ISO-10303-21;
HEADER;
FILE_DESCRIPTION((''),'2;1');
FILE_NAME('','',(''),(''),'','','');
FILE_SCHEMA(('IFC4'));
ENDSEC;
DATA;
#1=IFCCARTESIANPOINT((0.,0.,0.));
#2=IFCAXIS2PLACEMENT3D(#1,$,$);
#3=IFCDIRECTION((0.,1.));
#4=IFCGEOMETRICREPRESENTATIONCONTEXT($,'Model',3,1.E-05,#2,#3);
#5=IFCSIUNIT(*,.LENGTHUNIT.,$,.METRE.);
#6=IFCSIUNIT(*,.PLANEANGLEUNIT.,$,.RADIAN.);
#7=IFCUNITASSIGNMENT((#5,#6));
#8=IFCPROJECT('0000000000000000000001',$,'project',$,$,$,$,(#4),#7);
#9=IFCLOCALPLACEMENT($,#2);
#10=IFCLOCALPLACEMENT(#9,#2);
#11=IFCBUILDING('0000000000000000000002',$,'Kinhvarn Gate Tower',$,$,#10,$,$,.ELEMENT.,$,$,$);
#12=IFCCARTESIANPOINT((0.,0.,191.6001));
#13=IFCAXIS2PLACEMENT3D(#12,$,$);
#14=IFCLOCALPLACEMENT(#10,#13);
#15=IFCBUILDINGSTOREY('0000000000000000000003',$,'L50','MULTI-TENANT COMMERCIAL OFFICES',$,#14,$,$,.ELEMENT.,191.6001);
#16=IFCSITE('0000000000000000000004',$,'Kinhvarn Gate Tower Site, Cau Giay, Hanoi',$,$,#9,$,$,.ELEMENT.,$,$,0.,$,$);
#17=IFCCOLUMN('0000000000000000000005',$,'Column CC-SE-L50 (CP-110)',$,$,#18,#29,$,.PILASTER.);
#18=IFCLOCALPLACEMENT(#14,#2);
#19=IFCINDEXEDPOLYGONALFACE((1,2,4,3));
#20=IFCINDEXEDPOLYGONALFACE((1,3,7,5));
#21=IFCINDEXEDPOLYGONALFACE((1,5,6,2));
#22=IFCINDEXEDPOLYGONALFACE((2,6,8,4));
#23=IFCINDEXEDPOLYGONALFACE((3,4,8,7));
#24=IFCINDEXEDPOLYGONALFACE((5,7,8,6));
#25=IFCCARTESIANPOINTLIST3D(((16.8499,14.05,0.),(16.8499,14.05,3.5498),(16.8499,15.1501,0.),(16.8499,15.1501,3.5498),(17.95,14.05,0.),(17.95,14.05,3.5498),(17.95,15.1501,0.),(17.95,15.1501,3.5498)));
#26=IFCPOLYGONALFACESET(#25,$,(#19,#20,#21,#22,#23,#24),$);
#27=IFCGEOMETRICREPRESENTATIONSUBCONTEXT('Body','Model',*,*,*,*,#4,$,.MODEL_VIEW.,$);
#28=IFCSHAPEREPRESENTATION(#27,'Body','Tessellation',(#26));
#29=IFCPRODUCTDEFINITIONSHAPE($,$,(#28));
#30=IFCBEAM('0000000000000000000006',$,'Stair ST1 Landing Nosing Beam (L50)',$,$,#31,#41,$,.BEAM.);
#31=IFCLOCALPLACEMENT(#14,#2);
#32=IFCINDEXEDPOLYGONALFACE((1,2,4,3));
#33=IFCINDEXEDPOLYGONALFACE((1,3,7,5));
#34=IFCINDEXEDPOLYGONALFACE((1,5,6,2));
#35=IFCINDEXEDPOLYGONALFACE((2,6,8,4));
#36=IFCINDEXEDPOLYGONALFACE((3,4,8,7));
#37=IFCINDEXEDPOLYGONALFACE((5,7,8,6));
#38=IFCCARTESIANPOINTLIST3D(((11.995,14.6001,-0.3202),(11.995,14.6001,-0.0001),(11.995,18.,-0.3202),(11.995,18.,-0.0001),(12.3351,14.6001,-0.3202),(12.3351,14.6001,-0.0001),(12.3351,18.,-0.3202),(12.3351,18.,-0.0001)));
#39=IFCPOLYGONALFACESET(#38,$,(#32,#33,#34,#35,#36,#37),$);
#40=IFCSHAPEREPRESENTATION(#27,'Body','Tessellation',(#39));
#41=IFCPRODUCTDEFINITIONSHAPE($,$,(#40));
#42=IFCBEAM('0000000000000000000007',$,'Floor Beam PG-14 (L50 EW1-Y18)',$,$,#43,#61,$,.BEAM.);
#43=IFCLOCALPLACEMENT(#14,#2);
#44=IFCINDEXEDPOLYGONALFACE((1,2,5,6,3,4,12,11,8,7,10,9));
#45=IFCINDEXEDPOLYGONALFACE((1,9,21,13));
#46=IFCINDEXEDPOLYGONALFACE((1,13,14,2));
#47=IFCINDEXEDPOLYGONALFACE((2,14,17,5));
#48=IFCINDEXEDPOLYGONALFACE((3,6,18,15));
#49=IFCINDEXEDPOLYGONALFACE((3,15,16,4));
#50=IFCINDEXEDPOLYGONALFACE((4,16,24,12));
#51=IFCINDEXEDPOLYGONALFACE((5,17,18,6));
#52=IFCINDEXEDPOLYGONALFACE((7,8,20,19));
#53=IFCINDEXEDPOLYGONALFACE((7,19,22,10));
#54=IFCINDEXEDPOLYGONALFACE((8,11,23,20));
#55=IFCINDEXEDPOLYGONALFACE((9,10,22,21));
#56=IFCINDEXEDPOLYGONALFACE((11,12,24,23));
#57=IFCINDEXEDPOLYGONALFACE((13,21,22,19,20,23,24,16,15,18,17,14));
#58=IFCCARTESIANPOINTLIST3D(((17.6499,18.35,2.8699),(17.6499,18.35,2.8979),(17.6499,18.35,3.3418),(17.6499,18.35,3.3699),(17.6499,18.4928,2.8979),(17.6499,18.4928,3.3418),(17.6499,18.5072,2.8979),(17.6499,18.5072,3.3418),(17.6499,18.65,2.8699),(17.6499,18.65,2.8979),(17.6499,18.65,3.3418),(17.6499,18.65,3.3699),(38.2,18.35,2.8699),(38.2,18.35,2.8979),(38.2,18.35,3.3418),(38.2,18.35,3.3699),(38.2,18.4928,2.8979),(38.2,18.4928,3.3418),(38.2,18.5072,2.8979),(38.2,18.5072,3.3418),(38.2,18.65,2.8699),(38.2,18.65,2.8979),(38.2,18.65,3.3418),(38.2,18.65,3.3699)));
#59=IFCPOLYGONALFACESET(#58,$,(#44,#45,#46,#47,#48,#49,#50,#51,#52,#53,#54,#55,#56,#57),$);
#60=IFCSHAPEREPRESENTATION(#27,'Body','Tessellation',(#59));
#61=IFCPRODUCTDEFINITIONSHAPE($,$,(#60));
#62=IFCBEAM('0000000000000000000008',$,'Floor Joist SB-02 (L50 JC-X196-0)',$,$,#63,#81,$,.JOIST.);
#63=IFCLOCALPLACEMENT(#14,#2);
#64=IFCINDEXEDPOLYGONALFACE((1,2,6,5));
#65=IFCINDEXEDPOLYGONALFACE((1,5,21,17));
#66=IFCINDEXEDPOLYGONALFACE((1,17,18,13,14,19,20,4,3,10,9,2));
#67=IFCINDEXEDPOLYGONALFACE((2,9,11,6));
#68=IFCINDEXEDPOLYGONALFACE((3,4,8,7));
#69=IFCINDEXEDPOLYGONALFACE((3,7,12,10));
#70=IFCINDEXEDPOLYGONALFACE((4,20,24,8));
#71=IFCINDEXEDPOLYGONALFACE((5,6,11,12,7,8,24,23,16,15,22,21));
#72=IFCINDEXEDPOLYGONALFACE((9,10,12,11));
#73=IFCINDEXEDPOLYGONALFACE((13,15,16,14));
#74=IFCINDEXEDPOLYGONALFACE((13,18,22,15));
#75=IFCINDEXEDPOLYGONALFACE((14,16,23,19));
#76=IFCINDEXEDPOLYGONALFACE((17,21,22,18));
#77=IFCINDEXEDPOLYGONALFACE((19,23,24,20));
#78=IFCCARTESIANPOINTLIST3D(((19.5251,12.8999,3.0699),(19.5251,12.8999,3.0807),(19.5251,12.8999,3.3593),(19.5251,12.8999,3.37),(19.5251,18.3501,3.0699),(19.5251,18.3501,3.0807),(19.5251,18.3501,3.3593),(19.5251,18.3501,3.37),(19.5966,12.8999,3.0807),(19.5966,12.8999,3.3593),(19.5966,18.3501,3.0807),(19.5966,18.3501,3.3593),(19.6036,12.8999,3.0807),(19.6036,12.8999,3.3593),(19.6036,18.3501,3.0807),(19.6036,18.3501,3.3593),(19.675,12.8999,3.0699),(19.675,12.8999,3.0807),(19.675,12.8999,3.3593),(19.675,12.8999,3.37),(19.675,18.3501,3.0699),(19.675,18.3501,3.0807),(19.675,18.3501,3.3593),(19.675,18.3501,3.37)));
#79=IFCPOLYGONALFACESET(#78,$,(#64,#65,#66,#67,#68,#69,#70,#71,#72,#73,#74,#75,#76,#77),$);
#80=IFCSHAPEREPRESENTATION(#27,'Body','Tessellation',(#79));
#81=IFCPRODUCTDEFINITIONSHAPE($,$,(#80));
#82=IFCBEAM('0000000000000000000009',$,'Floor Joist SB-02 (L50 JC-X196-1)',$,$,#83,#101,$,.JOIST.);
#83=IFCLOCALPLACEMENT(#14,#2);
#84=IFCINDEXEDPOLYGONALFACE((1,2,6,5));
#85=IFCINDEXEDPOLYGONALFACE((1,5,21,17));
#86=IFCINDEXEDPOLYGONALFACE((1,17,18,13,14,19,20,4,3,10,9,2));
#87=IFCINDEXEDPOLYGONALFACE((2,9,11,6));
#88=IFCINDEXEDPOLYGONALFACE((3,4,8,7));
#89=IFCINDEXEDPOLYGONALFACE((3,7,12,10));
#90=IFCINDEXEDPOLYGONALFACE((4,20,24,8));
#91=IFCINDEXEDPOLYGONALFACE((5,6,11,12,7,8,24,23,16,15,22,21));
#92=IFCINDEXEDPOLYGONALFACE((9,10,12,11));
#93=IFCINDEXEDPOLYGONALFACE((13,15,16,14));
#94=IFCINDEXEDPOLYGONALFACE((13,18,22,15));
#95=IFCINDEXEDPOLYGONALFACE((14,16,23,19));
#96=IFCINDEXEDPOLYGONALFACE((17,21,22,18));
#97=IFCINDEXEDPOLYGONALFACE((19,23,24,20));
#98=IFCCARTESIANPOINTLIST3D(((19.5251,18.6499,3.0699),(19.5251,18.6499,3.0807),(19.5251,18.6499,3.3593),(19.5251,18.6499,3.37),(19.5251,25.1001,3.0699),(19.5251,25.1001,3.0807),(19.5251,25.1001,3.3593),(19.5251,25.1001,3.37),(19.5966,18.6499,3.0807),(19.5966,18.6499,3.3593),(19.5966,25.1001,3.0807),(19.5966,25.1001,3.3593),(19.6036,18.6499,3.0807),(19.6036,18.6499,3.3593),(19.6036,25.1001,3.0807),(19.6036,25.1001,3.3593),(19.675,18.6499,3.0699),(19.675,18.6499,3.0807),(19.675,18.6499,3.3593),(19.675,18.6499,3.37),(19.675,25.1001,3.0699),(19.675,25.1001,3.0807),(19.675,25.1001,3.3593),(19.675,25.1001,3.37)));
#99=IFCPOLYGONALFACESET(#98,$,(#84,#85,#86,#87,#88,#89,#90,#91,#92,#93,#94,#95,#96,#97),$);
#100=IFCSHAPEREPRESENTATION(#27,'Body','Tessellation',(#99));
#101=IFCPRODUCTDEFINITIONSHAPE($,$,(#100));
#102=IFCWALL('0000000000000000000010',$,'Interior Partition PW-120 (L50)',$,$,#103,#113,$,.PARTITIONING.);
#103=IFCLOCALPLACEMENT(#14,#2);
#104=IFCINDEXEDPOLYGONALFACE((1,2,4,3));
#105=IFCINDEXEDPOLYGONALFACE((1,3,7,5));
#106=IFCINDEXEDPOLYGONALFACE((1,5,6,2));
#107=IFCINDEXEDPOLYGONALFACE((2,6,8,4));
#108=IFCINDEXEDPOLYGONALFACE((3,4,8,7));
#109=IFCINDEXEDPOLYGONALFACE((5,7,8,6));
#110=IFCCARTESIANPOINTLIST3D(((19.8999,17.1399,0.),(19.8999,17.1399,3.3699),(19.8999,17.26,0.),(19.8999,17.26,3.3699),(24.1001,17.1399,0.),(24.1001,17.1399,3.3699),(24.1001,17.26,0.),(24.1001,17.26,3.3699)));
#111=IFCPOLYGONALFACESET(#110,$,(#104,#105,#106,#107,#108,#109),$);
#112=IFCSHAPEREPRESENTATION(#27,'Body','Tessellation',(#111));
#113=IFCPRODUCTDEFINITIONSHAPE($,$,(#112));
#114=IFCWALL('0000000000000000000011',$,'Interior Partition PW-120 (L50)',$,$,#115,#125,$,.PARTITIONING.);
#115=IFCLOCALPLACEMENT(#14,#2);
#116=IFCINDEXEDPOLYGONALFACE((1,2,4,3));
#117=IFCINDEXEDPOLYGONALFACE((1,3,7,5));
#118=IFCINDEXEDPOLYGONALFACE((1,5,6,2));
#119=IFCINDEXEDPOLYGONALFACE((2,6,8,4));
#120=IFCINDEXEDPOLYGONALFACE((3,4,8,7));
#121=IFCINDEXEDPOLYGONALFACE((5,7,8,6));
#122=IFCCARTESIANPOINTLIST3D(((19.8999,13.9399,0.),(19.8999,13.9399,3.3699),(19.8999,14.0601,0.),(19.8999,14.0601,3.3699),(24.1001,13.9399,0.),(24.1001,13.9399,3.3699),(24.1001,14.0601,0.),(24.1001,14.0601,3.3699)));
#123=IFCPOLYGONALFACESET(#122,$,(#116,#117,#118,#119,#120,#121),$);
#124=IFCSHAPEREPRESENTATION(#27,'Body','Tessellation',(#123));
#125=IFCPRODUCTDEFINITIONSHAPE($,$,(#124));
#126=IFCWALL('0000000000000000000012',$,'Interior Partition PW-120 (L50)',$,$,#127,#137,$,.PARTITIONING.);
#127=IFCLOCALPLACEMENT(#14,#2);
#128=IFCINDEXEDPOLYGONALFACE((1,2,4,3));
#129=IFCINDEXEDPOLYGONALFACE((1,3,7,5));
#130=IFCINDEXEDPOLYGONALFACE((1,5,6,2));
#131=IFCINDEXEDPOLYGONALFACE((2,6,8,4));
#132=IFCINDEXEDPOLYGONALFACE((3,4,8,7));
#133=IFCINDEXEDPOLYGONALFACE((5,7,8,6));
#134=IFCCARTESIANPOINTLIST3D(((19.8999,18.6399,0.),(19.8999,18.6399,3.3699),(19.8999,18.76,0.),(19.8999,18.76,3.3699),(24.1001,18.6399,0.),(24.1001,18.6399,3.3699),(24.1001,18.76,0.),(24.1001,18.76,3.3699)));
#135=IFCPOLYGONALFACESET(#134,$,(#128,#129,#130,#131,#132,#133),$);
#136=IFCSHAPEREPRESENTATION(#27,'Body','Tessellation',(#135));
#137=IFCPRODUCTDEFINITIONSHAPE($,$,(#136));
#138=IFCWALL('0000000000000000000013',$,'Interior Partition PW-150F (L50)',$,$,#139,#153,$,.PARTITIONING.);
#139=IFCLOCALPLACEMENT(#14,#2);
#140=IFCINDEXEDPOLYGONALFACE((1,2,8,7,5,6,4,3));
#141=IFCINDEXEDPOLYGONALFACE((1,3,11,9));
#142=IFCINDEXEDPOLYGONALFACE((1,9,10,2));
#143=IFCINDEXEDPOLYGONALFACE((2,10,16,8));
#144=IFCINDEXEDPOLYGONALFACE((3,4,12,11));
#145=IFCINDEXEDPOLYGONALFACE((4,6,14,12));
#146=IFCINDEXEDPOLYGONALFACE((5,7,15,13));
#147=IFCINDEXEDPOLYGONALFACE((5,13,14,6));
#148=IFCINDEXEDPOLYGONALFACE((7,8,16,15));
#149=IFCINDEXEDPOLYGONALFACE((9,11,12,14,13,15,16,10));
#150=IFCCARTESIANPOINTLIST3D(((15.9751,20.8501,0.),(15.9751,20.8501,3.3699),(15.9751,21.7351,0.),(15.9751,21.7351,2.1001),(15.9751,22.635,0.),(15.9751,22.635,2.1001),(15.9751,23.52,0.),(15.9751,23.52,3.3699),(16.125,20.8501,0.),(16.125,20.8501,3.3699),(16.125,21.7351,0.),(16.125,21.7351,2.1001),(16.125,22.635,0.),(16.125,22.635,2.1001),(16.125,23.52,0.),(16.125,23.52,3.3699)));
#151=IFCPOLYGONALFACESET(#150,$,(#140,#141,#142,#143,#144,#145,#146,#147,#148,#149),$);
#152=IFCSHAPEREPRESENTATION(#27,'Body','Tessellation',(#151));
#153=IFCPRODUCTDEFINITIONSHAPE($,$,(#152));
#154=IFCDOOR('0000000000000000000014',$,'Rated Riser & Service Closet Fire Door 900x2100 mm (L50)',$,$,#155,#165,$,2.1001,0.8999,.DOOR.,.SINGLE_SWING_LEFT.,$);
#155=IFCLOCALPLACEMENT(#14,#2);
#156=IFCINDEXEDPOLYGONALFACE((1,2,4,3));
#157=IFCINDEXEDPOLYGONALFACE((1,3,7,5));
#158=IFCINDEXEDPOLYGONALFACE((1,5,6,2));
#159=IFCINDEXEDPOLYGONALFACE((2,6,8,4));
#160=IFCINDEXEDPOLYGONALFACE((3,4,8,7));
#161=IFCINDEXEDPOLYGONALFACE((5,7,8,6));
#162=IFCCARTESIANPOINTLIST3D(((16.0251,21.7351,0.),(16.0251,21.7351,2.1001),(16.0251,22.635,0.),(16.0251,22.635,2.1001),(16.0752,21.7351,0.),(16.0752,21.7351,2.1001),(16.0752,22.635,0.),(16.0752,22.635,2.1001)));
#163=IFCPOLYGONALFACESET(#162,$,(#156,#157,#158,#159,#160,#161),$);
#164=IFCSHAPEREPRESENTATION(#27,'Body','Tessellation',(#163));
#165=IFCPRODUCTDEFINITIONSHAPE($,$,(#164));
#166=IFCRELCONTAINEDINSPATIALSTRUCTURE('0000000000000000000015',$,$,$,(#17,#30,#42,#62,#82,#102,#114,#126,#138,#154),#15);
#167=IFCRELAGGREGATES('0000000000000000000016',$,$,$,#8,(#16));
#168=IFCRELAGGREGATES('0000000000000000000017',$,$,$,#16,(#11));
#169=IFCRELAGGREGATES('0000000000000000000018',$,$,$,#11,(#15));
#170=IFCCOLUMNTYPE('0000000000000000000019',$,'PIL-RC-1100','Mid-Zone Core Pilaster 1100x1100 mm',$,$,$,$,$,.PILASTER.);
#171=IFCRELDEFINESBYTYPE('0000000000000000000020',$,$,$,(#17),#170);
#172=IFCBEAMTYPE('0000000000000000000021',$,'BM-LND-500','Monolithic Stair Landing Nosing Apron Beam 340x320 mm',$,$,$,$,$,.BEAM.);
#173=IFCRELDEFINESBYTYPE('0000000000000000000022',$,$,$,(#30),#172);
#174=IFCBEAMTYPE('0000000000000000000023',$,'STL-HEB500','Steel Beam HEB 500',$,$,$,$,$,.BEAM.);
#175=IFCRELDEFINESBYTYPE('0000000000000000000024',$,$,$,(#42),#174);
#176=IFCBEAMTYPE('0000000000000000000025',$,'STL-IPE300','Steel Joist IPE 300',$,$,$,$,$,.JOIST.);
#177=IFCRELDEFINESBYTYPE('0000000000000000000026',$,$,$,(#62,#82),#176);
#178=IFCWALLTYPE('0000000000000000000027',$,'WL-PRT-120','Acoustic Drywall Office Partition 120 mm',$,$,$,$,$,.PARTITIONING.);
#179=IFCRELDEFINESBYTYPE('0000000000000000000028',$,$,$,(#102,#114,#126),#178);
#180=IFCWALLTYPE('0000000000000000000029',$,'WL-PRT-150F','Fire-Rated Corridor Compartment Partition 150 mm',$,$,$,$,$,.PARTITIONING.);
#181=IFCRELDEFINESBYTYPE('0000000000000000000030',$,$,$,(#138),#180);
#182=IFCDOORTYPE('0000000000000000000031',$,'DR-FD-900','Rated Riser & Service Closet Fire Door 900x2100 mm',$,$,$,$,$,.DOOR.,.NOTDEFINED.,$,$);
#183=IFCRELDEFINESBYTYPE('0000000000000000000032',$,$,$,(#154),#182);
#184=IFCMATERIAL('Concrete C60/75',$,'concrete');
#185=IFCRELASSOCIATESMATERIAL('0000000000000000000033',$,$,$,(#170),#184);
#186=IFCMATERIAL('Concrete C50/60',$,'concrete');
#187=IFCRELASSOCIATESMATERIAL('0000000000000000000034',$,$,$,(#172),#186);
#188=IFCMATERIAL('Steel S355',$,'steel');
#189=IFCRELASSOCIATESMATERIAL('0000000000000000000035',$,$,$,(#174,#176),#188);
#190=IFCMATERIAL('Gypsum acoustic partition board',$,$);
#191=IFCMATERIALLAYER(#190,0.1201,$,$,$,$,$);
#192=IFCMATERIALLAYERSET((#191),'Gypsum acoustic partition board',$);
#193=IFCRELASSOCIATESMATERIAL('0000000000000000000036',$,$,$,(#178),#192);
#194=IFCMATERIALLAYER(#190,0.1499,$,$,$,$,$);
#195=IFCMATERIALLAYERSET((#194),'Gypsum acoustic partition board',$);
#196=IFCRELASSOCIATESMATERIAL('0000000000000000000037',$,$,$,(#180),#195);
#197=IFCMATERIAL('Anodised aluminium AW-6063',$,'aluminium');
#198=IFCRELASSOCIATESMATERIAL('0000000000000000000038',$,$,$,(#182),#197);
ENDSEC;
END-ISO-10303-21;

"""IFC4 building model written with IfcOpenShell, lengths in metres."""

from ifc_helpers import new_model, si_unit, direction, frame, frame_2d, origin, origin_2d, place, context, subcontext, project, spatial, rectangle, i_section, extrude, material, layer, layer_set, material_profile, profile_set, type_object, element, fill, save


model = new_model("IFC4")

# Units and contexts
model_context = context("Model", 3, precision=1e-05, world=origin(), true_north=direction((0.0, 1.0)))
body_context = subcontext(model_context, "Body", "Model", "MODEL_VIEW")
ifc_project = project(units=[si_unit("LENGTHUNIT", "METRE"), si_unit("PLANEANGLEUNIT", "RADIAN")], contexts=[model_context])

# Site, building, storey
site_placement = place(None, origin())
site = spatial("IfcSite", under=ifc_project, at=site_placement, Name="Kinhvarn Gate Tower Site, Cau Giay, Hanoi", CompositionType="ELEMENT", RefElevation=0.0)
building_placement = place(site_placement, origin())
building = spatial("IfcBuilding", under=site, at=building_placement, Name="Kinhvarn Gate Tower", CompositionType="ELEMENT")
storey_placement = place(building_placement, frame((0.0, 0.0, 191.6001)))
storey = spatial("IfcBuildingStorey", under=building, at=storey_placement, Name="L50", Description="MULTI-TENANT COMMERCIAL OFFICES", CompositionType="ELEMENT", Elevation=191.6001)

# Column
ifc_material_1 = material(Name="Concrete C60/75", Category="concrete")
ifc_material_profile_1 = material_profile(ifc_material_1, rectangle(XDim=1.1001, YDim=1.1001, at=origin_2d()), Name="RC 1100x1100")
ifc_profile_set_1 = profile_set([ifc_material_profile_1], Name="Concrete C60/75")
column_type = type_object("IfcColumnType", Name="PIL-RC-1100", Description="Mid-Zone Core Pilaster 1100x1100 mm", PredefinedType="PILASTER", material=ifc_profile_set_1)
column_placement = place(storey_placement, frame((17.3999, 14.6001, 0.0), z_axis=(0.0, 0.0, 1.0), x_axis=(1.0, 0.0, 0.0)))
element("IfcColumn", 1, at=column_placement, inside=storey, type_object=column_type, Name="Column CC-SE-L50 (CP-110)", PredefinedType="PILASTER", context=body_context, shape_type="SweptSolid", body=[
    extrude(rectangle(XDim=1.1001, YDim=1.1001, at=origin_2d()), origin(), (0.0, 0.0, 1.0), 3.5498),
])

# Beams
ifc_material_2 = material(Name="Concrete C50/60", Category="concrete")
ifc_material_profile_2 = material_profile(ifc_material_2, rectangle(XDim=0.3401, YDim=0.3201, at=origin_2d()), Name="RC 340x320")
ifc_profile_set_2 = profile_set([ifc_material_profile_2], Name="Concrete C50/60")
beam_type_1 = type_object("IfcBeamType", Name="BM-LND-500", Description="Monolithic Stair Landing Nosing Apron Beam 340x320 mm", PredefinedType="BEAM", material=ifc_profile_set_2)
beam_1_placement = place(storey_placement, frame((12.165, 14.6001, -0.1602), z_axis=(0.0, 1.0, 0.0), x_axis=(-1.0, 0.0, 0.0)))
element("IfcBeam", 2, at=beam_1_placement, inside=storey, type_object=beam_type_1, Name="Stair ST1 Landing Nosing Beam (L50)", PredefinedType="BEAM", context=body_context, shape_type="SweptSolid", body=[
    extrude(rectangle(XDim=0.3401, YDim=0.3201, at=origin_2d()), origin(), (0.0, 0.0, 1.0), 3.3999),
])
ifc_material_3 = material(Name="Steel S355", Category="steel")
ifc_material_profile_3 = material_profile(ifc_material_3, i_section(OverallWidth=0.3, OverallDepth=0.5, WebThickness=0.0144, FlangeThickness=0.0281, at=origin_2d()), Name="HEB 500")
ifc_profile_set_3 = profile_set([ifc_material_profile_3], Name="Steel S355")
beam_type_2 = type_object("IfcBeamType", Name="STL-HEB500", Description="Steel Beam HEB 500", PredefinedType="BEAM", material=ifc_profile_set_3)
beam_2_placement = place(storey_placement, frame((17.6499, 18.5, 3.1199), z_axis=(1.0, 0.0, 0.0), x_axis=(0.0, 1.0, 0.0)))
element("IfcBeam", 3, at=beam_2_placement, inside=storey, type_object=beam_type_2, Name="Floor Beam PG-14 (L50 EW1-Y18)", PredefinedType="BEAM", context=body_context, shape_type="SweptSolid", body=[
    extrude(i_section(OverallWidth=0.3, OverallDepth=0.5, WebThickness=0.0144, FlangeThickness=0.0281, at=origin_2d()), origin(), (0.0, 0.0, 1.0), 20.55),
])
ifc_material_profile_4 = material_profile(ifc_material_3, i_section(OverallWidth=0.1499, OverallDepth=0.3, WebThickness=0.0071, FlangeThickness=0.0107, at=origin_2d()), Name="IPE 300")
ifc_profile_set_4 = profile_set([ifc_material_profile_4], Name="Steel S355")
beam_type_3 = type_object("IfcBeamType", Name="STL-IPE300", Description="Steel Joist IPE 300", PredefinedType="JOIST", material=ifc_profile_set_4)
beam_3_placement = place(storey_placement, frame((19.6001, 12.8999, 3.22), z_axis=(0.0, 1.0, 0.0), x_axis=(-1.0, 0.0, 0.0)))
element("IfcBeam", 4, at=beam_3_placement, inside=storey, type_object=beam_type_3, Name="Floor Joist SB-02 (L50 JC-X196-0)", PredefinedType="JOIST", context=body_context, shape_type="SweptSolid", body=[
    extrude(i_section(OverallWidth=0.1499, OverallDepth=0.3, WebThickness=0.0071, FlangeThickness=0.0107, at=origin_2d()), origin(), (0.0, 0.0, 1.0), 5.4502),
])
beam_4_placement = place(storey_placement, frame((19.6001, 18.6499, 3.22), z_axis=(0.0, 1.0, 0.0), x_axis=(-1.0, 0.0, 0.0)))
element("IfcBeam", 5, at=beam_4_placement, inside=storey, type_object=beam_type_3, Name="Floor Joist SB-02 (L50 JC-X196-1)", PredefinedType="JOIST", context=body_context, shape_type="SweptSolid", body=[
    extrude(i_section(OverallWidth=0.1499, OverallDepth=0.3, WebThickness=0.0071, FlangeThickness=0.0107, at=origin_2d()), origin(), (0.0, 0.0, 1.0), 6.4502),
])

# Shared definitions
ifc_material_4 = material(Name="Anodised aluminium AW-6063", Category="aluminium")

# Walls
ifc_material_5 = material(Name="Gypsum acoustic partition board")
ifc_layer_1 = layer(ifc_material_5, 0.1201)
ifc_layer_set_1 = layer_set([ifc_layer_1], Name="Gypsum acoustic partition board")
wall_type_1 = type_object("IfcWallType", Name="WL-PRT-120", Description="Acoustic Drywall Office Partition 120 mm", PredefinedType="PARTITIONING", material=ifc_layer_set_1)
for number, where, z_axis, x_axis, name in (
    (6, (19.8999, 17.2, 0.0), (0.0, 0.0, 1.0), (1.0, 0.0, 0.0), "Interior Partition PW-120 (L50)"),
    (7, (19.8999, 14.0, 0.0), (0.0, 0.0, 1.0), (1.0, 0.0, 0.0), "Interior Partition PW-120 (L50)"),
    (8, (19.8999, 18.7, 0.0), (0.0, 0.0, 1.0), (1.0, 0.0, 0.0), "Interior Partition PW-120 (L50)"),
):
    element("IfcWall", number, at=place(storey_placement, frame(where, z_axis=z_axis, x_axis=x_axis)), inside=storey, type_object=wall_type_1, Name=name, PredefinedType="PARTITIONING", context=body_context, shape_type="SweptSolid", body=[
        extrude(rectangle(XDim=4.2002, YDim=0.1201, at=frame_2d((2.1001, 0.0))), origin(), (0.0, 0.0, 1.0), 3.3699),
    ])

# Wall, opening, door
ifc_layer_2 = layer(ifc_material_5, 0.1499)
ifc_layer_set_2 = layer_set([ifc_layer_2], Name="Gypsum acoustic partition board")
wall_type_2 = type_object("IfcWallType", Name="WL-PRT-150F", Description="Fire-Rated Corridor Compartment Partition 150 mm", PredefinedType="PARTITIONING", material=ifc_layer_set_2)
wall_1_placement = place(storey_placement, frame((16.05, 20.8501, 0.0), z_axis=(0.0, 0.0, 1.0), x_axis=(0.0, 1.0, 0.0)))
wall_1 = element("IfcWall", 9, at=wall_1_placement, inside=storey, type_object=wall_type_2, Name="Interior Partition PW-150F (L50)", PredefinedType="PARTITIONING", context=body_context, shape_type="SweptSolid", body=[
    extrude(rectangle(XDim=2.6699, YDim=0.1499, at=frame_2d((1.335, 0.0))), origin(), (0.0, 0.0, 1.0), 3.3699),
])
opening_1_placement = place(wall_1_placement, frame((0.885, 0.0, 0.0)))
opening_1 = element("IfcOpeningElement", 10, at=opening_1_placement, cuts=wall_1, PredefinedType="OPENING", context=body_context, shape_type="SweptSolid", body=[
    extrude(rectangle(XDim=0.8999, YDim=2.1001, at=frame_2d((0.45, 1.05))), frame((0.0, 0.085, 0.0), z_axis=(0.0, -1.0, 0.0), x_axis=(1.0, 0.0, 0.0)), (0.0, 0.0, 1.0), 0.1699),
])
door_type_1 = type_object("IfcDoorType", Name="DR-FD-900", Description="Rated Riser & Service Closet Fire Door 900x2100 mm", OperationType="NOTDEFINED", PredefinedType="DOOR", material=ifc_material_4)
door_1_placement = place(opening_1_placement, origin())
door_1 = element("IfcDoor", 11, at=door_1_placement, inside=storey, type_object=door_type_1, Name="Rated Riser & Service Closet Fire Door 900x2100 mm (L50)", OperationType="SINGLE_SWING_LEFT", OverallHeight=2.1001, OverallWidth=0.8999, PredefinedType="DOOR", context=body_context, shape_type="SweptSolid", body=[
    extrude(rectangle(XDim=0.8999, YDim=2.1001, at=frame_2d((0.45, 1.05))), frame((0.0, 0.0249, 0.0), z_axis=(0.0, -1.0, 0.0), x_axis=(1.0, 0.0, 0.0)), (0.0, 0.0, 1.0), 0.05),
])
fill(opening_1, door_1)

save(model, "model.ifc")
